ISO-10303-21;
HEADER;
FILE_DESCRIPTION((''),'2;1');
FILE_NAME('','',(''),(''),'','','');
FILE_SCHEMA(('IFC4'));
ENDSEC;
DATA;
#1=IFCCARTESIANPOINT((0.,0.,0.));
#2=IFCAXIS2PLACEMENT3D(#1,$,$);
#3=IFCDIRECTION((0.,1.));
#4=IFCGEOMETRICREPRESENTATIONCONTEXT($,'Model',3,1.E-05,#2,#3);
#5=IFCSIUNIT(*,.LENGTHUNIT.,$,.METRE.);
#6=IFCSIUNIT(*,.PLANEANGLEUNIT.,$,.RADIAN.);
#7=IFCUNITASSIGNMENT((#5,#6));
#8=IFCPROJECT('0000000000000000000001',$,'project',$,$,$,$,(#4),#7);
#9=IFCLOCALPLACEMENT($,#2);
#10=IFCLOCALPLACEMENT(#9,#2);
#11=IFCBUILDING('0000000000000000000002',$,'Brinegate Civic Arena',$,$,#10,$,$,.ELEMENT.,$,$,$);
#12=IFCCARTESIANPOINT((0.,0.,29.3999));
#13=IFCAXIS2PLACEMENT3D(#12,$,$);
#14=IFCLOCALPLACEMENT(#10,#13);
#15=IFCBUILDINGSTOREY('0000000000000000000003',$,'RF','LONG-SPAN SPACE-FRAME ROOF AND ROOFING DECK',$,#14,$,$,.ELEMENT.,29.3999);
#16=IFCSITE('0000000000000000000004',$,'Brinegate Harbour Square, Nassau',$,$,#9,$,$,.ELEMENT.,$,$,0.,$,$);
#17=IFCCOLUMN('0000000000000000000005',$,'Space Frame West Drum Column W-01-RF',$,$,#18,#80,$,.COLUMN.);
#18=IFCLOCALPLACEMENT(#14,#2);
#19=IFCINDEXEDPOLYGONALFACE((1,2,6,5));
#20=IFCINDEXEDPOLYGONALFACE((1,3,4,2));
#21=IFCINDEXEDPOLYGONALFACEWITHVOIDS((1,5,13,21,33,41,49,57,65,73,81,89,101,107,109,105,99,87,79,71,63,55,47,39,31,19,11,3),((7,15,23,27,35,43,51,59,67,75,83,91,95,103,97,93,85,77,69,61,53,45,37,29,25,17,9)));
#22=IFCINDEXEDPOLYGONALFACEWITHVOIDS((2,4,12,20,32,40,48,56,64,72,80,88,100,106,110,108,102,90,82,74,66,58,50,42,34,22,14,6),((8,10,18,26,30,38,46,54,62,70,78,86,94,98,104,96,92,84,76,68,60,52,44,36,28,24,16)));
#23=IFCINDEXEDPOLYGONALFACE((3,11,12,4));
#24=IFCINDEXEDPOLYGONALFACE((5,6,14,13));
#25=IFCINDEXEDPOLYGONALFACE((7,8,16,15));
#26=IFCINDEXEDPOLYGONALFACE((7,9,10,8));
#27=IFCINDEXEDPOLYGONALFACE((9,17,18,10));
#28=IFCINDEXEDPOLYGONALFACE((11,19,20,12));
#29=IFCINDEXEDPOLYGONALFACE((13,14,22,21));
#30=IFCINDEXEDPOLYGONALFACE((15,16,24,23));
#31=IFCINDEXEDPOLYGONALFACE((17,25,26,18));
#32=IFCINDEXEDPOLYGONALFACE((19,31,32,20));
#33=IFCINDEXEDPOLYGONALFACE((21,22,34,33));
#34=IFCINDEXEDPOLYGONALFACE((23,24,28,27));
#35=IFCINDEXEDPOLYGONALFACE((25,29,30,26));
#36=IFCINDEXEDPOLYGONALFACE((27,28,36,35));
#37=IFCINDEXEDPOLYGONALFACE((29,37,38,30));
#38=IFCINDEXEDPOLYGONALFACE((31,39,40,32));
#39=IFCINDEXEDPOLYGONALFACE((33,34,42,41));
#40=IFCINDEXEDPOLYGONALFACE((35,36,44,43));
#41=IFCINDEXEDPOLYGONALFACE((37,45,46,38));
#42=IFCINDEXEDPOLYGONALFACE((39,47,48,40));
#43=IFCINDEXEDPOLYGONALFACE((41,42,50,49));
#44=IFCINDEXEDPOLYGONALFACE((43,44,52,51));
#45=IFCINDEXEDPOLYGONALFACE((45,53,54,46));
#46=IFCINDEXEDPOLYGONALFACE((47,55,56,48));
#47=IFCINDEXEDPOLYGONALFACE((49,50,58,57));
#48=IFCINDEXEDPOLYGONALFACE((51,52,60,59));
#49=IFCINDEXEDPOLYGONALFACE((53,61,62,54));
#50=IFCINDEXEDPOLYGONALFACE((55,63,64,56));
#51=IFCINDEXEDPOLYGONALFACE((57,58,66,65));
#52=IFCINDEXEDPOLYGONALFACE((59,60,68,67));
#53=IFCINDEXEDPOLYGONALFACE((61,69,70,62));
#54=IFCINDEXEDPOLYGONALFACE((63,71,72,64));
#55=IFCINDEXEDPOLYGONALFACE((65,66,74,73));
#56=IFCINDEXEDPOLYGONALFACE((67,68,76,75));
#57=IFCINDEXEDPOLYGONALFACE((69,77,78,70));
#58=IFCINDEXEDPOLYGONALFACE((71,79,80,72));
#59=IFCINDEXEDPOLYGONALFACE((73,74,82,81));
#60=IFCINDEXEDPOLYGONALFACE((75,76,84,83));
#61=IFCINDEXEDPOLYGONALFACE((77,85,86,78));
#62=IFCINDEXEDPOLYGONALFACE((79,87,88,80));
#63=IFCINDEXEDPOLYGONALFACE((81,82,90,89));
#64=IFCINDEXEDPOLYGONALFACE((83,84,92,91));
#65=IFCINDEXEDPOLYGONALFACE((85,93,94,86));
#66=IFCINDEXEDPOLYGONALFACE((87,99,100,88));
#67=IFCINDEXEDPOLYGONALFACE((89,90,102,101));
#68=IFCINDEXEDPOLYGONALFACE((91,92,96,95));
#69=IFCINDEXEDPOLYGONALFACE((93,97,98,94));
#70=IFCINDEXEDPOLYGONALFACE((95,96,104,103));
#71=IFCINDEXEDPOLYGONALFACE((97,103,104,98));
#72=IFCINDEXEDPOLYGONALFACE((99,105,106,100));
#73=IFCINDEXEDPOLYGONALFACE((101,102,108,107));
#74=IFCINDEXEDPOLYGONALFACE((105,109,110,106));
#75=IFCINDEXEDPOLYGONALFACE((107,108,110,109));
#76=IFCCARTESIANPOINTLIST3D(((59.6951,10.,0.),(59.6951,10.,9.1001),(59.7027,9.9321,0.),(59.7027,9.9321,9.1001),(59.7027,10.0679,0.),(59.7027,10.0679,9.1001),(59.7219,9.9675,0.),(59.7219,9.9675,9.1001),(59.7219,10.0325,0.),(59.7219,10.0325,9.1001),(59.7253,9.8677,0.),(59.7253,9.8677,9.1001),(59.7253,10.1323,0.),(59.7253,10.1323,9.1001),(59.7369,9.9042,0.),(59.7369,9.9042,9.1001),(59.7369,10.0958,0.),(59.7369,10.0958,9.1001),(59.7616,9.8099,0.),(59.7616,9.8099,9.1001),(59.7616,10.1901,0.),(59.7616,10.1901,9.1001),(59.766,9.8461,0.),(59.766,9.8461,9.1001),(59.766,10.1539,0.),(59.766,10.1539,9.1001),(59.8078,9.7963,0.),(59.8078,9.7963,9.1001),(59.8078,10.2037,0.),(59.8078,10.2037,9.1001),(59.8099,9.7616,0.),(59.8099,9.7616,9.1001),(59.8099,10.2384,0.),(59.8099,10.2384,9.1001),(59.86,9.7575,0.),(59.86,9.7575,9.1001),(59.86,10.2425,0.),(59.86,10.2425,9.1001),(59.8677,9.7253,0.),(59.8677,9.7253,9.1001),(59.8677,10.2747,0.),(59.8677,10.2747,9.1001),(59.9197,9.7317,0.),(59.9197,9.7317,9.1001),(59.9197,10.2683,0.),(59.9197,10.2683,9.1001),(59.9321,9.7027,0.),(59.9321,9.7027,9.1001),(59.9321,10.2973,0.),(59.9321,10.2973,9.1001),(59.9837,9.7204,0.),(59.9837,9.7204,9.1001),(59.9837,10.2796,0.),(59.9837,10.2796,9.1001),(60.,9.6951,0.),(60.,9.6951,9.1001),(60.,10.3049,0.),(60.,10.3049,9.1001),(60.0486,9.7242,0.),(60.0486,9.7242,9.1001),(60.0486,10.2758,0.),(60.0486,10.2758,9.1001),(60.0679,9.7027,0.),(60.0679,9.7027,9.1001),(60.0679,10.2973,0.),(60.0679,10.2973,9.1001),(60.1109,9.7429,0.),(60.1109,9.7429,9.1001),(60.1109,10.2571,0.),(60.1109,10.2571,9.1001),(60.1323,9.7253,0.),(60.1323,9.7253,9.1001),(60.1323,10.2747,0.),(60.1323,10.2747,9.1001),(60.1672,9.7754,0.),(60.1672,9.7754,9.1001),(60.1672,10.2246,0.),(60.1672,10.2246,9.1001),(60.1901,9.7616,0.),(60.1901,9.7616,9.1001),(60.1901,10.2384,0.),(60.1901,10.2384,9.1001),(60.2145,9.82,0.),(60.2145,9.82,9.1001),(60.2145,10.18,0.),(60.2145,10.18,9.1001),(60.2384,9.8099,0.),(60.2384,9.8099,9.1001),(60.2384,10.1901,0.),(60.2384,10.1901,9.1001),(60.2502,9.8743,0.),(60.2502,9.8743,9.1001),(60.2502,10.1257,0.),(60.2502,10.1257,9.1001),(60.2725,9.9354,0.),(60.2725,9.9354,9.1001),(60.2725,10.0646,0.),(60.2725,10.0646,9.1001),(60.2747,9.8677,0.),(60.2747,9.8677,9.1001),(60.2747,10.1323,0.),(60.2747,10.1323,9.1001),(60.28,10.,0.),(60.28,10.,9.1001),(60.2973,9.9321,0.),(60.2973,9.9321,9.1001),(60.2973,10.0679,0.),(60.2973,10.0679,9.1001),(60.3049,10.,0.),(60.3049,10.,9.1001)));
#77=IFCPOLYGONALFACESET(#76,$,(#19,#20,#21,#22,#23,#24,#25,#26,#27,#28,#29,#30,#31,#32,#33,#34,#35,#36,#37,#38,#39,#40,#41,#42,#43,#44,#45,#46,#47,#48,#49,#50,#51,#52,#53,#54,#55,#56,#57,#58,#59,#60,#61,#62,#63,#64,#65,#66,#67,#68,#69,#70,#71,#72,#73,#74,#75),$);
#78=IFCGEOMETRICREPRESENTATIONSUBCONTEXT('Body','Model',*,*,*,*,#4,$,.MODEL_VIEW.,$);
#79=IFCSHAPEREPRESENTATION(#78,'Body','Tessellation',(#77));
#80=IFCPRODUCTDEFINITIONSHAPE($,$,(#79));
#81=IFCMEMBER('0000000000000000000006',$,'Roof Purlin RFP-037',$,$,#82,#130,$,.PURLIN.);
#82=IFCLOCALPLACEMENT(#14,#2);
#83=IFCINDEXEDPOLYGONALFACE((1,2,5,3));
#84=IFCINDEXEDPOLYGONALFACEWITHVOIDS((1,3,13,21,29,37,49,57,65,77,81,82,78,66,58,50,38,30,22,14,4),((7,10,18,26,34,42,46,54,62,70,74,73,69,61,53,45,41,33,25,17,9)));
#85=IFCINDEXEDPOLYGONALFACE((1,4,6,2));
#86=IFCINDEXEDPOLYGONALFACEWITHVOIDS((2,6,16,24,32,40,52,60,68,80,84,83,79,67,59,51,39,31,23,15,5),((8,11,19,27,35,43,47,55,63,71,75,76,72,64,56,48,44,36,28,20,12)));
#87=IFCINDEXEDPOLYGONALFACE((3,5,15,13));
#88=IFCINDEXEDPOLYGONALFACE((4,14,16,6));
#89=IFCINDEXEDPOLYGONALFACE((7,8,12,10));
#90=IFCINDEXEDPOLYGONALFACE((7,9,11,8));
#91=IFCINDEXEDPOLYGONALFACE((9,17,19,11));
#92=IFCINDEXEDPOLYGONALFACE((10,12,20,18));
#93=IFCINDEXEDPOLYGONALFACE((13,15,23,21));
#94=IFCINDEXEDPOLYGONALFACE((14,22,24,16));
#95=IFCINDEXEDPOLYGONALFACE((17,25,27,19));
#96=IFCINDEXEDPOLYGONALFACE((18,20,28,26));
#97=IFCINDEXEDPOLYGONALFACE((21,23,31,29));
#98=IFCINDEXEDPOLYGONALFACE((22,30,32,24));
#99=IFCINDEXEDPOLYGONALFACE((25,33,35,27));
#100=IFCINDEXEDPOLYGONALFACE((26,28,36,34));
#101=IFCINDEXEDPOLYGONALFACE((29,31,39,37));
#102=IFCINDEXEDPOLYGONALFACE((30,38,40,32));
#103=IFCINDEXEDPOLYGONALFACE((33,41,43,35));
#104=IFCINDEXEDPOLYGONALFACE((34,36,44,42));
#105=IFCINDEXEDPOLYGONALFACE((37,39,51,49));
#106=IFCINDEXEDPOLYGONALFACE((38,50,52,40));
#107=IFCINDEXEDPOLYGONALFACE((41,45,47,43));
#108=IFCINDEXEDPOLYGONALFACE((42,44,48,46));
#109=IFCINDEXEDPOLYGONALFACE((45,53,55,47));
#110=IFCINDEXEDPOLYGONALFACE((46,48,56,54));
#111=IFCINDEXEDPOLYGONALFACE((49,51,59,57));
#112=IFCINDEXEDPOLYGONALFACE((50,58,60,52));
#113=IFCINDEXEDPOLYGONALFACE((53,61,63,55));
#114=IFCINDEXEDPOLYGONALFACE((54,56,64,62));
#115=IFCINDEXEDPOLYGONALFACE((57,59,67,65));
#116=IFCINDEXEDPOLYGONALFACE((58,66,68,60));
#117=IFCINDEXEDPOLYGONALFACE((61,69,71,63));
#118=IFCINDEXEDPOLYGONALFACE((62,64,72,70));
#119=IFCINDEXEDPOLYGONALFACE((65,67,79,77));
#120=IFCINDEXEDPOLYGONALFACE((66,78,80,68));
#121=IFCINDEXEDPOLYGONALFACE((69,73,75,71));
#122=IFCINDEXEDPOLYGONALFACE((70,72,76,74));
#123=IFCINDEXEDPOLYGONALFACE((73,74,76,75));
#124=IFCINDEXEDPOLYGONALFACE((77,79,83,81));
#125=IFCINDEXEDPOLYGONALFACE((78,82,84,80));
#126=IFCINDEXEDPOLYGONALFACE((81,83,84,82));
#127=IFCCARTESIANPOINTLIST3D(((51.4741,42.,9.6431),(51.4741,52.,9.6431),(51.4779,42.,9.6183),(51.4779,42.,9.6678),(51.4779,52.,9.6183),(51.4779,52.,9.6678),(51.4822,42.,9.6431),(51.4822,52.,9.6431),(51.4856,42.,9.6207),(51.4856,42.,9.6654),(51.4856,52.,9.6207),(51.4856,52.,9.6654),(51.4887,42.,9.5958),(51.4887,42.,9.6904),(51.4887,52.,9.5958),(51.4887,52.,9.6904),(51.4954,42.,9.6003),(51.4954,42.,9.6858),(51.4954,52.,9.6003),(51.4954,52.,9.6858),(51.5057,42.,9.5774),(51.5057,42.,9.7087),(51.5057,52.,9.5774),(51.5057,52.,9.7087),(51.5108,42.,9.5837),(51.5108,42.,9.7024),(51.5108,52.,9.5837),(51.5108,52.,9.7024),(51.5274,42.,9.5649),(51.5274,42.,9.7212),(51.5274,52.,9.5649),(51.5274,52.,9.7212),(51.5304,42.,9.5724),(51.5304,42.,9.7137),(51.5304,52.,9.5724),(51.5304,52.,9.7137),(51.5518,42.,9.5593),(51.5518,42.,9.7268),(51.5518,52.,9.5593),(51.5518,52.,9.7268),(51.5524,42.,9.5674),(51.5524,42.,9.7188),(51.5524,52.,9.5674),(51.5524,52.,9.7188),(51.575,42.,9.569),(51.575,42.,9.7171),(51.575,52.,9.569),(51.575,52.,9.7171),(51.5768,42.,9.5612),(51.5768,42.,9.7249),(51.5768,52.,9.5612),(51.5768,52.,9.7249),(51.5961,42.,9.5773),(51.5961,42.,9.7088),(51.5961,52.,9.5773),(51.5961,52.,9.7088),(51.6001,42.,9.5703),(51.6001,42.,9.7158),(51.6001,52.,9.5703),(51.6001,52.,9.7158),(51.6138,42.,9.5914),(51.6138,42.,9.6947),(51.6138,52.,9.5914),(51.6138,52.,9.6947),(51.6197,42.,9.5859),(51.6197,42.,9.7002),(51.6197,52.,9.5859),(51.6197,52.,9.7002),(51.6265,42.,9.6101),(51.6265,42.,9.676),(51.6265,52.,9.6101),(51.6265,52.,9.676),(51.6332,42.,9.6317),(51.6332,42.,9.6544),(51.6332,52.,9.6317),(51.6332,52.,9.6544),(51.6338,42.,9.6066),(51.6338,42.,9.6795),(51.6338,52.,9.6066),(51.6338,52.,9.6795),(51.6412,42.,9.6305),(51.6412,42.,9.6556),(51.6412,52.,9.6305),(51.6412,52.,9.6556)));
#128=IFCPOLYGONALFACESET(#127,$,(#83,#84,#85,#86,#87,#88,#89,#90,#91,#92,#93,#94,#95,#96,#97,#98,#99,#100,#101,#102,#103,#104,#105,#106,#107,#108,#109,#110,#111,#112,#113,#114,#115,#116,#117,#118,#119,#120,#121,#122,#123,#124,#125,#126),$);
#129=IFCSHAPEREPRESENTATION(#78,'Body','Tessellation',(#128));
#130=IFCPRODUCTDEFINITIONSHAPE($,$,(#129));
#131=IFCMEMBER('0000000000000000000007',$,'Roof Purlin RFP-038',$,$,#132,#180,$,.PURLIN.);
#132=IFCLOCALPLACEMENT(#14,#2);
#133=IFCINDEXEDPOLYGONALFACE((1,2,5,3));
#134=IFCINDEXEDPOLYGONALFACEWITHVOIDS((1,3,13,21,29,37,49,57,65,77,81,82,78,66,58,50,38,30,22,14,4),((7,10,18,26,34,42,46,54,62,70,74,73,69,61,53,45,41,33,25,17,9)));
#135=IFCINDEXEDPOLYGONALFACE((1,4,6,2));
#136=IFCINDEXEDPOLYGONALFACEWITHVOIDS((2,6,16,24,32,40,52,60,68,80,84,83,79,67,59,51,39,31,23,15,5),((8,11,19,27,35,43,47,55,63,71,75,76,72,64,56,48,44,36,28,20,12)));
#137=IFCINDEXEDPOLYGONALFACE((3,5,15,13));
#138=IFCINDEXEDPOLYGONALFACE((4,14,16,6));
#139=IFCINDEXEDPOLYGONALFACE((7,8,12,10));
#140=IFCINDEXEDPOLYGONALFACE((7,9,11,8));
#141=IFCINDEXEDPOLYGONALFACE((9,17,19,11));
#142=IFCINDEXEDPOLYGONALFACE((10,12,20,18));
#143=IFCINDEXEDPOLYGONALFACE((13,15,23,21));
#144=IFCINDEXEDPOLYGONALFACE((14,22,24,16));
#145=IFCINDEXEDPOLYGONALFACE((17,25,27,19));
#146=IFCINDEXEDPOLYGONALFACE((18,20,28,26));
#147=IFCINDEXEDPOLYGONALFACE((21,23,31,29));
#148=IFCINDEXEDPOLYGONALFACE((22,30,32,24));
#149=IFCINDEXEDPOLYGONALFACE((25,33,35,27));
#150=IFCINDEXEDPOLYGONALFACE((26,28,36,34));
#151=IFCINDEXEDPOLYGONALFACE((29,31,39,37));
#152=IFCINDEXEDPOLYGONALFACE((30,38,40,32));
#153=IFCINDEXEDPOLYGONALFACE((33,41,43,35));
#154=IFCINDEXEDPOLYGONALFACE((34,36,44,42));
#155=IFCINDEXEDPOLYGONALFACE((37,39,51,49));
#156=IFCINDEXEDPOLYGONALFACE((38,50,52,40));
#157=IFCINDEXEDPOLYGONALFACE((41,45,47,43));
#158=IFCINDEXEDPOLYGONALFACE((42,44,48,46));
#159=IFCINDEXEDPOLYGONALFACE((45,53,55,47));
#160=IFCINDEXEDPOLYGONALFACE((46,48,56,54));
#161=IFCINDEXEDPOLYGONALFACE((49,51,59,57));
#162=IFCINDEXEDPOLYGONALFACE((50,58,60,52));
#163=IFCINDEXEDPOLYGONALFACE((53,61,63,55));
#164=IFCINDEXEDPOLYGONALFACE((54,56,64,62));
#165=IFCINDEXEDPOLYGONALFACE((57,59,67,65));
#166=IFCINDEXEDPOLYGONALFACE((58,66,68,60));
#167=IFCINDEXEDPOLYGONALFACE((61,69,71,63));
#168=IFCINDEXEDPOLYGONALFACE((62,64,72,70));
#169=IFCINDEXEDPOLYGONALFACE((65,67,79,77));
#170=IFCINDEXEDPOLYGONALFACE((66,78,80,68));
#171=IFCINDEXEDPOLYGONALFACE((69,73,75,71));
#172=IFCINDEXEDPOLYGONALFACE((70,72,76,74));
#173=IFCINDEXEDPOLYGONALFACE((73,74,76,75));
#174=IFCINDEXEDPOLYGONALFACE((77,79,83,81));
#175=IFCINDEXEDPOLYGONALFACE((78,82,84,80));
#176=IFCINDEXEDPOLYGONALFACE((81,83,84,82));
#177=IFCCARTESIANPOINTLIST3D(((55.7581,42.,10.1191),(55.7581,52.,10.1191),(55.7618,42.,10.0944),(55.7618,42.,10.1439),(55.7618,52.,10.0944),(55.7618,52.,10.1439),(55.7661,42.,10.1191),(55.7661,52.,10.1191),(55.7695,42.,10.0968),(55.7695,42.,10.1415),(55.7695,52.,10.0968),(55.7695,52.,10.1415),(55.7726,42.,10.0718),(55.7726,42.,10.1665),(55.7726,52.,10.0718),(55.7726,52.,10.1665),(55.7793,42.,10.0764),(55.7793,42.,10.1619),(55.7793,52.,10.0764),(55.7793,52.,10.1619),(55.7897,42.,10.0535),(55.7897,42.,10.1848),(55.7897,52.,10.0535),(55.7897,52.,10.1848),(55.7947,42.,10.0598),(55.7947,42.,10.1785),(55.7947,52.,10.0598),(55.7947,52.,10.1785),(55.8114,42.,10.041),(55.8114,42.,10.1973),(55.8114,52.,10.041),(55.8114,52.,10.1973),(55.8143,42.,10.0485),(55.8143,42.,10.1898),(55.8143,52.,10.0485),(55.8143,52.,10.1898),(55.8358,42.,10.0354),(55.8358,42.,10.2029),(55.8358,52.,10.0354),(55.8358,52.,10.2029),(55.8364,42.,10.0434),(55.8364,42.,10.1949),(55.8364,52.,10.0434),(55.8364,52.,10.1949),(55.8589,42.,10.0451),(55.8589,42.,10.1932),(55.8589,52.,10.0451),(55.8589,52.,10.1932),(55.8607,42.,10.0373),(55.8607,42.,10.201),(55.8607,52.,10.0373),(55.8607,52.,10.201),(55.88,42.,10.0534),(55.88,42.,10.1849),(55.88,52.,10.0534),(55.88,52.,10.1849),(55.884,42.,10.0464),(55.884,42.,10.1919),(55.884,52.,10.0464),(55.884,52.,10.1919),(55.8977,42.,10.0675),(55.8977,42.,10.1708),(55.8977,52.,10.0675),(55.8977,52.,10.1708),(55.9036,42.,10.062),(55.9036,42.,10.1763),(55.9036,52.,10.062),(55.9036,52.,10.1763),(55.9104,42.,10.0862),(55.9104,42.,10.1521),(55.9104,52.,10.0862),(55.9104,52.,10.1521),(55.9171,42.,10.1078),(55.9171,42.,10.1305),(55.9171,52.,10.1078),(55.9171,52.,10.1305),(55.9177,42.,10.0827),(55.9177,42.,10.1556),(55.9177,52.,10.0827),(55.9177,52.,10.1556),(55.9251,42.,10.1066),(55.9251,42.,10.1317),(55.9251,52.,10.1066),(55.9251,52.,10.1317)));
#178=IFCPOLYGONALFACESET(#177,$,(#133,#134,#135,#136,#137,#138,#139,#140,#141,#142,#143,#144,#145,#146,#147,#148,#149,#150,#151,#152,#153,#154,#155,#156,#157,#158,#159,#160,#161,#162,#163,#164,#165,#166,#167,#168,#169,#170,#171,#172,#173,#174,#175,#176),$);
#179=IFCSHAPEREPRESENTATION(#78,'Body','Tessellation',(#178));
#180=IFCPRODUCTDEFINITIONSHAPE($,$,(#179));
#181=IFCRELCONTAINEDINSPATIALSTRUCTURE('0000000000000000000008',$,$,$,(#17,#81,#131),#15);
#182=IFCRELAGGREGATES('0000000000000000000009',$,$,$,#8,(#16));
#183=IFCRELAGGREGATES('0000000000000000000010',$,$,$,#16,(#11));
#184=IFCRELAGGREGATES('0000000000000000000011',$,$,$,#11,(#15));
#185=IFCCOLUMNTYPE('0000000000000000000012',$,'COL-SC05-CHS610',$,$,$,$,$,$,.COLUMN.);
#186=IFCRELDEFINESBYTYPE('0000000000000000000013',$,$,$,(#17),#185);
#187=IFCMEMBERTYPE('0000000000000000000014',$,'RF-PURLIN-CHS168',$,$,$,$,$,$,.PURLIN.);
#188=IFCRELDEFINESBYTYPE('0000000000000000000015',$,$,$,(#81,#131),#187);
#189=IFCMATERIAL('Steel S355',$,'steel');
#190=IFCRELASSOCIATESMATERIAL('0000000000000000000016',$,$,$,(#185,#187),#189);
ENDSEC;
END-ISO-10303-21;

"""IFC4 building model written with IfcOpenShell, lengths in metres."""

from ifc_helpers import new_model, si_unit, direction, frame, origin, origin_2d, place, context, subcontext, project, spatial, hollow_circle, extrude, material, material_profile, profile_set, type_object, element, save


model = new_model("IFC4")

# Units and contexts
model_context = context("Model", 3, precision=1e-05, world=origin(), true_north=direction((0.0, 1.0)))
body_context = subcontext(model_context, "Body", "Model", "MODEL_VIEW")
ifc_project = project(units=[si_unit("LENGTHUNIT", "METRE"), si_unit("PLANEANGLEUNIT", "RADIAN")], contexts=[model_context])

# Site, building, storey
site_placement = place(None, origin())
site = spatial("IfcSite", under=ifc_project, at=site_placement, Name="Brinegate Harbour Square, Nassau", CompositionType="ELEMENT", RefElevation=0.0)
building_placement = place(site_placement, origin())
building = spatial("IfcBuilding", under=site, at=building_placement, Name="Brinegate Civic Arena", CompositionType="ELEMENT")
storey_placement = place(building_placement, frame((0.0, 0.0, 29.3999)))
storey = spatial("IfcBuildingStorey", under=building, at=storey_placement, Name="RF", Description="LONG-SPAN SPACE-FRAME ROOF AND ROOFING DECK", CompositionType="ELEMENT", Elevation=29.3999)

# Column
ifc_material_1 = material(Name="Steel S355", Category="steel")
ifc_material_profile_1 = material_profile(ifc_material_1, hollow_circle(Radius=0.3049, WallThickness=0.0249, at=origin_2d()), Name="CHS610X25")
ifc_profile_set_1 = profile_set([ifc_material_profile_1], Name="Steel S355")
column_type = type_object("IfcColumnType", Name="COL-SC05-CHS610", PredefinedType="COLUMN", material=ifc_profile_set_1)
column_placement = place(storey_placement, frame((60.0, 10.0, 0.0), z_axis=(0.0, 0.0, 1.0), x_axis=(1.0, 0.0, 0.0)))
element("IfcColumn", 1, at=column_placement, inside=storey, type_object=column_type, Name="Space Frame West Drum Column W-01-RF", PredefinedType="COLUMN", context=body_context, shape_type="SweptSolid", body=[
    extrude(hollow_circle(Radius=0.3049, WallThickness=0.0249, at=origin_2d()), origin(), (0.0, 0.0, 1.0), 9.1001),
])

# Members
ifc_material_profile_2 = material_profile(ifc_material_1, hollow_circle(Radius=0.084, WallThickness=0.0081, at=origin_2d()), Name="CHS168X8")
ifc_profile_set_2 = profile_set([ifc_material_profile_2], Name="Steel S355")
member_type_1 = type_object("IfcMemberType", Name="RF-PURLIN-CHS168", PredefinedType="PURLIN", material=ifc_profile_set_2)
for number, where, z_axis, x_axis, name in (
    (2, (51.5581, 42.0, 9.6431), (0.0, 1.0, 0.0), (-1.0, 0.0, 0.0), "Roof Purlin RFP-037"),
    (3, (55.842, 42.0, 10.1191), (0.0, 1.0, 0.0), (-1.0, 0.0, 0.0), "Roof Purlin RFP-038"),
):
    element("IfcMember", number, at=place(storey_placement, frame(where, z_axis=z_axis, x_axis=x_axis)), inside=storey, type_object=member_type_1, Name=name, PredefinedType="PURLIN", context=body_context, shape_type="SweptSolid", body=[
        extrude(hollow_circle(Radius=0.084, WallThickness=0.0081, at=origin_2d()), origin(), (0.0, 0.0, 1.0), 10.0),
    ])

save(model, "model.ifc")
